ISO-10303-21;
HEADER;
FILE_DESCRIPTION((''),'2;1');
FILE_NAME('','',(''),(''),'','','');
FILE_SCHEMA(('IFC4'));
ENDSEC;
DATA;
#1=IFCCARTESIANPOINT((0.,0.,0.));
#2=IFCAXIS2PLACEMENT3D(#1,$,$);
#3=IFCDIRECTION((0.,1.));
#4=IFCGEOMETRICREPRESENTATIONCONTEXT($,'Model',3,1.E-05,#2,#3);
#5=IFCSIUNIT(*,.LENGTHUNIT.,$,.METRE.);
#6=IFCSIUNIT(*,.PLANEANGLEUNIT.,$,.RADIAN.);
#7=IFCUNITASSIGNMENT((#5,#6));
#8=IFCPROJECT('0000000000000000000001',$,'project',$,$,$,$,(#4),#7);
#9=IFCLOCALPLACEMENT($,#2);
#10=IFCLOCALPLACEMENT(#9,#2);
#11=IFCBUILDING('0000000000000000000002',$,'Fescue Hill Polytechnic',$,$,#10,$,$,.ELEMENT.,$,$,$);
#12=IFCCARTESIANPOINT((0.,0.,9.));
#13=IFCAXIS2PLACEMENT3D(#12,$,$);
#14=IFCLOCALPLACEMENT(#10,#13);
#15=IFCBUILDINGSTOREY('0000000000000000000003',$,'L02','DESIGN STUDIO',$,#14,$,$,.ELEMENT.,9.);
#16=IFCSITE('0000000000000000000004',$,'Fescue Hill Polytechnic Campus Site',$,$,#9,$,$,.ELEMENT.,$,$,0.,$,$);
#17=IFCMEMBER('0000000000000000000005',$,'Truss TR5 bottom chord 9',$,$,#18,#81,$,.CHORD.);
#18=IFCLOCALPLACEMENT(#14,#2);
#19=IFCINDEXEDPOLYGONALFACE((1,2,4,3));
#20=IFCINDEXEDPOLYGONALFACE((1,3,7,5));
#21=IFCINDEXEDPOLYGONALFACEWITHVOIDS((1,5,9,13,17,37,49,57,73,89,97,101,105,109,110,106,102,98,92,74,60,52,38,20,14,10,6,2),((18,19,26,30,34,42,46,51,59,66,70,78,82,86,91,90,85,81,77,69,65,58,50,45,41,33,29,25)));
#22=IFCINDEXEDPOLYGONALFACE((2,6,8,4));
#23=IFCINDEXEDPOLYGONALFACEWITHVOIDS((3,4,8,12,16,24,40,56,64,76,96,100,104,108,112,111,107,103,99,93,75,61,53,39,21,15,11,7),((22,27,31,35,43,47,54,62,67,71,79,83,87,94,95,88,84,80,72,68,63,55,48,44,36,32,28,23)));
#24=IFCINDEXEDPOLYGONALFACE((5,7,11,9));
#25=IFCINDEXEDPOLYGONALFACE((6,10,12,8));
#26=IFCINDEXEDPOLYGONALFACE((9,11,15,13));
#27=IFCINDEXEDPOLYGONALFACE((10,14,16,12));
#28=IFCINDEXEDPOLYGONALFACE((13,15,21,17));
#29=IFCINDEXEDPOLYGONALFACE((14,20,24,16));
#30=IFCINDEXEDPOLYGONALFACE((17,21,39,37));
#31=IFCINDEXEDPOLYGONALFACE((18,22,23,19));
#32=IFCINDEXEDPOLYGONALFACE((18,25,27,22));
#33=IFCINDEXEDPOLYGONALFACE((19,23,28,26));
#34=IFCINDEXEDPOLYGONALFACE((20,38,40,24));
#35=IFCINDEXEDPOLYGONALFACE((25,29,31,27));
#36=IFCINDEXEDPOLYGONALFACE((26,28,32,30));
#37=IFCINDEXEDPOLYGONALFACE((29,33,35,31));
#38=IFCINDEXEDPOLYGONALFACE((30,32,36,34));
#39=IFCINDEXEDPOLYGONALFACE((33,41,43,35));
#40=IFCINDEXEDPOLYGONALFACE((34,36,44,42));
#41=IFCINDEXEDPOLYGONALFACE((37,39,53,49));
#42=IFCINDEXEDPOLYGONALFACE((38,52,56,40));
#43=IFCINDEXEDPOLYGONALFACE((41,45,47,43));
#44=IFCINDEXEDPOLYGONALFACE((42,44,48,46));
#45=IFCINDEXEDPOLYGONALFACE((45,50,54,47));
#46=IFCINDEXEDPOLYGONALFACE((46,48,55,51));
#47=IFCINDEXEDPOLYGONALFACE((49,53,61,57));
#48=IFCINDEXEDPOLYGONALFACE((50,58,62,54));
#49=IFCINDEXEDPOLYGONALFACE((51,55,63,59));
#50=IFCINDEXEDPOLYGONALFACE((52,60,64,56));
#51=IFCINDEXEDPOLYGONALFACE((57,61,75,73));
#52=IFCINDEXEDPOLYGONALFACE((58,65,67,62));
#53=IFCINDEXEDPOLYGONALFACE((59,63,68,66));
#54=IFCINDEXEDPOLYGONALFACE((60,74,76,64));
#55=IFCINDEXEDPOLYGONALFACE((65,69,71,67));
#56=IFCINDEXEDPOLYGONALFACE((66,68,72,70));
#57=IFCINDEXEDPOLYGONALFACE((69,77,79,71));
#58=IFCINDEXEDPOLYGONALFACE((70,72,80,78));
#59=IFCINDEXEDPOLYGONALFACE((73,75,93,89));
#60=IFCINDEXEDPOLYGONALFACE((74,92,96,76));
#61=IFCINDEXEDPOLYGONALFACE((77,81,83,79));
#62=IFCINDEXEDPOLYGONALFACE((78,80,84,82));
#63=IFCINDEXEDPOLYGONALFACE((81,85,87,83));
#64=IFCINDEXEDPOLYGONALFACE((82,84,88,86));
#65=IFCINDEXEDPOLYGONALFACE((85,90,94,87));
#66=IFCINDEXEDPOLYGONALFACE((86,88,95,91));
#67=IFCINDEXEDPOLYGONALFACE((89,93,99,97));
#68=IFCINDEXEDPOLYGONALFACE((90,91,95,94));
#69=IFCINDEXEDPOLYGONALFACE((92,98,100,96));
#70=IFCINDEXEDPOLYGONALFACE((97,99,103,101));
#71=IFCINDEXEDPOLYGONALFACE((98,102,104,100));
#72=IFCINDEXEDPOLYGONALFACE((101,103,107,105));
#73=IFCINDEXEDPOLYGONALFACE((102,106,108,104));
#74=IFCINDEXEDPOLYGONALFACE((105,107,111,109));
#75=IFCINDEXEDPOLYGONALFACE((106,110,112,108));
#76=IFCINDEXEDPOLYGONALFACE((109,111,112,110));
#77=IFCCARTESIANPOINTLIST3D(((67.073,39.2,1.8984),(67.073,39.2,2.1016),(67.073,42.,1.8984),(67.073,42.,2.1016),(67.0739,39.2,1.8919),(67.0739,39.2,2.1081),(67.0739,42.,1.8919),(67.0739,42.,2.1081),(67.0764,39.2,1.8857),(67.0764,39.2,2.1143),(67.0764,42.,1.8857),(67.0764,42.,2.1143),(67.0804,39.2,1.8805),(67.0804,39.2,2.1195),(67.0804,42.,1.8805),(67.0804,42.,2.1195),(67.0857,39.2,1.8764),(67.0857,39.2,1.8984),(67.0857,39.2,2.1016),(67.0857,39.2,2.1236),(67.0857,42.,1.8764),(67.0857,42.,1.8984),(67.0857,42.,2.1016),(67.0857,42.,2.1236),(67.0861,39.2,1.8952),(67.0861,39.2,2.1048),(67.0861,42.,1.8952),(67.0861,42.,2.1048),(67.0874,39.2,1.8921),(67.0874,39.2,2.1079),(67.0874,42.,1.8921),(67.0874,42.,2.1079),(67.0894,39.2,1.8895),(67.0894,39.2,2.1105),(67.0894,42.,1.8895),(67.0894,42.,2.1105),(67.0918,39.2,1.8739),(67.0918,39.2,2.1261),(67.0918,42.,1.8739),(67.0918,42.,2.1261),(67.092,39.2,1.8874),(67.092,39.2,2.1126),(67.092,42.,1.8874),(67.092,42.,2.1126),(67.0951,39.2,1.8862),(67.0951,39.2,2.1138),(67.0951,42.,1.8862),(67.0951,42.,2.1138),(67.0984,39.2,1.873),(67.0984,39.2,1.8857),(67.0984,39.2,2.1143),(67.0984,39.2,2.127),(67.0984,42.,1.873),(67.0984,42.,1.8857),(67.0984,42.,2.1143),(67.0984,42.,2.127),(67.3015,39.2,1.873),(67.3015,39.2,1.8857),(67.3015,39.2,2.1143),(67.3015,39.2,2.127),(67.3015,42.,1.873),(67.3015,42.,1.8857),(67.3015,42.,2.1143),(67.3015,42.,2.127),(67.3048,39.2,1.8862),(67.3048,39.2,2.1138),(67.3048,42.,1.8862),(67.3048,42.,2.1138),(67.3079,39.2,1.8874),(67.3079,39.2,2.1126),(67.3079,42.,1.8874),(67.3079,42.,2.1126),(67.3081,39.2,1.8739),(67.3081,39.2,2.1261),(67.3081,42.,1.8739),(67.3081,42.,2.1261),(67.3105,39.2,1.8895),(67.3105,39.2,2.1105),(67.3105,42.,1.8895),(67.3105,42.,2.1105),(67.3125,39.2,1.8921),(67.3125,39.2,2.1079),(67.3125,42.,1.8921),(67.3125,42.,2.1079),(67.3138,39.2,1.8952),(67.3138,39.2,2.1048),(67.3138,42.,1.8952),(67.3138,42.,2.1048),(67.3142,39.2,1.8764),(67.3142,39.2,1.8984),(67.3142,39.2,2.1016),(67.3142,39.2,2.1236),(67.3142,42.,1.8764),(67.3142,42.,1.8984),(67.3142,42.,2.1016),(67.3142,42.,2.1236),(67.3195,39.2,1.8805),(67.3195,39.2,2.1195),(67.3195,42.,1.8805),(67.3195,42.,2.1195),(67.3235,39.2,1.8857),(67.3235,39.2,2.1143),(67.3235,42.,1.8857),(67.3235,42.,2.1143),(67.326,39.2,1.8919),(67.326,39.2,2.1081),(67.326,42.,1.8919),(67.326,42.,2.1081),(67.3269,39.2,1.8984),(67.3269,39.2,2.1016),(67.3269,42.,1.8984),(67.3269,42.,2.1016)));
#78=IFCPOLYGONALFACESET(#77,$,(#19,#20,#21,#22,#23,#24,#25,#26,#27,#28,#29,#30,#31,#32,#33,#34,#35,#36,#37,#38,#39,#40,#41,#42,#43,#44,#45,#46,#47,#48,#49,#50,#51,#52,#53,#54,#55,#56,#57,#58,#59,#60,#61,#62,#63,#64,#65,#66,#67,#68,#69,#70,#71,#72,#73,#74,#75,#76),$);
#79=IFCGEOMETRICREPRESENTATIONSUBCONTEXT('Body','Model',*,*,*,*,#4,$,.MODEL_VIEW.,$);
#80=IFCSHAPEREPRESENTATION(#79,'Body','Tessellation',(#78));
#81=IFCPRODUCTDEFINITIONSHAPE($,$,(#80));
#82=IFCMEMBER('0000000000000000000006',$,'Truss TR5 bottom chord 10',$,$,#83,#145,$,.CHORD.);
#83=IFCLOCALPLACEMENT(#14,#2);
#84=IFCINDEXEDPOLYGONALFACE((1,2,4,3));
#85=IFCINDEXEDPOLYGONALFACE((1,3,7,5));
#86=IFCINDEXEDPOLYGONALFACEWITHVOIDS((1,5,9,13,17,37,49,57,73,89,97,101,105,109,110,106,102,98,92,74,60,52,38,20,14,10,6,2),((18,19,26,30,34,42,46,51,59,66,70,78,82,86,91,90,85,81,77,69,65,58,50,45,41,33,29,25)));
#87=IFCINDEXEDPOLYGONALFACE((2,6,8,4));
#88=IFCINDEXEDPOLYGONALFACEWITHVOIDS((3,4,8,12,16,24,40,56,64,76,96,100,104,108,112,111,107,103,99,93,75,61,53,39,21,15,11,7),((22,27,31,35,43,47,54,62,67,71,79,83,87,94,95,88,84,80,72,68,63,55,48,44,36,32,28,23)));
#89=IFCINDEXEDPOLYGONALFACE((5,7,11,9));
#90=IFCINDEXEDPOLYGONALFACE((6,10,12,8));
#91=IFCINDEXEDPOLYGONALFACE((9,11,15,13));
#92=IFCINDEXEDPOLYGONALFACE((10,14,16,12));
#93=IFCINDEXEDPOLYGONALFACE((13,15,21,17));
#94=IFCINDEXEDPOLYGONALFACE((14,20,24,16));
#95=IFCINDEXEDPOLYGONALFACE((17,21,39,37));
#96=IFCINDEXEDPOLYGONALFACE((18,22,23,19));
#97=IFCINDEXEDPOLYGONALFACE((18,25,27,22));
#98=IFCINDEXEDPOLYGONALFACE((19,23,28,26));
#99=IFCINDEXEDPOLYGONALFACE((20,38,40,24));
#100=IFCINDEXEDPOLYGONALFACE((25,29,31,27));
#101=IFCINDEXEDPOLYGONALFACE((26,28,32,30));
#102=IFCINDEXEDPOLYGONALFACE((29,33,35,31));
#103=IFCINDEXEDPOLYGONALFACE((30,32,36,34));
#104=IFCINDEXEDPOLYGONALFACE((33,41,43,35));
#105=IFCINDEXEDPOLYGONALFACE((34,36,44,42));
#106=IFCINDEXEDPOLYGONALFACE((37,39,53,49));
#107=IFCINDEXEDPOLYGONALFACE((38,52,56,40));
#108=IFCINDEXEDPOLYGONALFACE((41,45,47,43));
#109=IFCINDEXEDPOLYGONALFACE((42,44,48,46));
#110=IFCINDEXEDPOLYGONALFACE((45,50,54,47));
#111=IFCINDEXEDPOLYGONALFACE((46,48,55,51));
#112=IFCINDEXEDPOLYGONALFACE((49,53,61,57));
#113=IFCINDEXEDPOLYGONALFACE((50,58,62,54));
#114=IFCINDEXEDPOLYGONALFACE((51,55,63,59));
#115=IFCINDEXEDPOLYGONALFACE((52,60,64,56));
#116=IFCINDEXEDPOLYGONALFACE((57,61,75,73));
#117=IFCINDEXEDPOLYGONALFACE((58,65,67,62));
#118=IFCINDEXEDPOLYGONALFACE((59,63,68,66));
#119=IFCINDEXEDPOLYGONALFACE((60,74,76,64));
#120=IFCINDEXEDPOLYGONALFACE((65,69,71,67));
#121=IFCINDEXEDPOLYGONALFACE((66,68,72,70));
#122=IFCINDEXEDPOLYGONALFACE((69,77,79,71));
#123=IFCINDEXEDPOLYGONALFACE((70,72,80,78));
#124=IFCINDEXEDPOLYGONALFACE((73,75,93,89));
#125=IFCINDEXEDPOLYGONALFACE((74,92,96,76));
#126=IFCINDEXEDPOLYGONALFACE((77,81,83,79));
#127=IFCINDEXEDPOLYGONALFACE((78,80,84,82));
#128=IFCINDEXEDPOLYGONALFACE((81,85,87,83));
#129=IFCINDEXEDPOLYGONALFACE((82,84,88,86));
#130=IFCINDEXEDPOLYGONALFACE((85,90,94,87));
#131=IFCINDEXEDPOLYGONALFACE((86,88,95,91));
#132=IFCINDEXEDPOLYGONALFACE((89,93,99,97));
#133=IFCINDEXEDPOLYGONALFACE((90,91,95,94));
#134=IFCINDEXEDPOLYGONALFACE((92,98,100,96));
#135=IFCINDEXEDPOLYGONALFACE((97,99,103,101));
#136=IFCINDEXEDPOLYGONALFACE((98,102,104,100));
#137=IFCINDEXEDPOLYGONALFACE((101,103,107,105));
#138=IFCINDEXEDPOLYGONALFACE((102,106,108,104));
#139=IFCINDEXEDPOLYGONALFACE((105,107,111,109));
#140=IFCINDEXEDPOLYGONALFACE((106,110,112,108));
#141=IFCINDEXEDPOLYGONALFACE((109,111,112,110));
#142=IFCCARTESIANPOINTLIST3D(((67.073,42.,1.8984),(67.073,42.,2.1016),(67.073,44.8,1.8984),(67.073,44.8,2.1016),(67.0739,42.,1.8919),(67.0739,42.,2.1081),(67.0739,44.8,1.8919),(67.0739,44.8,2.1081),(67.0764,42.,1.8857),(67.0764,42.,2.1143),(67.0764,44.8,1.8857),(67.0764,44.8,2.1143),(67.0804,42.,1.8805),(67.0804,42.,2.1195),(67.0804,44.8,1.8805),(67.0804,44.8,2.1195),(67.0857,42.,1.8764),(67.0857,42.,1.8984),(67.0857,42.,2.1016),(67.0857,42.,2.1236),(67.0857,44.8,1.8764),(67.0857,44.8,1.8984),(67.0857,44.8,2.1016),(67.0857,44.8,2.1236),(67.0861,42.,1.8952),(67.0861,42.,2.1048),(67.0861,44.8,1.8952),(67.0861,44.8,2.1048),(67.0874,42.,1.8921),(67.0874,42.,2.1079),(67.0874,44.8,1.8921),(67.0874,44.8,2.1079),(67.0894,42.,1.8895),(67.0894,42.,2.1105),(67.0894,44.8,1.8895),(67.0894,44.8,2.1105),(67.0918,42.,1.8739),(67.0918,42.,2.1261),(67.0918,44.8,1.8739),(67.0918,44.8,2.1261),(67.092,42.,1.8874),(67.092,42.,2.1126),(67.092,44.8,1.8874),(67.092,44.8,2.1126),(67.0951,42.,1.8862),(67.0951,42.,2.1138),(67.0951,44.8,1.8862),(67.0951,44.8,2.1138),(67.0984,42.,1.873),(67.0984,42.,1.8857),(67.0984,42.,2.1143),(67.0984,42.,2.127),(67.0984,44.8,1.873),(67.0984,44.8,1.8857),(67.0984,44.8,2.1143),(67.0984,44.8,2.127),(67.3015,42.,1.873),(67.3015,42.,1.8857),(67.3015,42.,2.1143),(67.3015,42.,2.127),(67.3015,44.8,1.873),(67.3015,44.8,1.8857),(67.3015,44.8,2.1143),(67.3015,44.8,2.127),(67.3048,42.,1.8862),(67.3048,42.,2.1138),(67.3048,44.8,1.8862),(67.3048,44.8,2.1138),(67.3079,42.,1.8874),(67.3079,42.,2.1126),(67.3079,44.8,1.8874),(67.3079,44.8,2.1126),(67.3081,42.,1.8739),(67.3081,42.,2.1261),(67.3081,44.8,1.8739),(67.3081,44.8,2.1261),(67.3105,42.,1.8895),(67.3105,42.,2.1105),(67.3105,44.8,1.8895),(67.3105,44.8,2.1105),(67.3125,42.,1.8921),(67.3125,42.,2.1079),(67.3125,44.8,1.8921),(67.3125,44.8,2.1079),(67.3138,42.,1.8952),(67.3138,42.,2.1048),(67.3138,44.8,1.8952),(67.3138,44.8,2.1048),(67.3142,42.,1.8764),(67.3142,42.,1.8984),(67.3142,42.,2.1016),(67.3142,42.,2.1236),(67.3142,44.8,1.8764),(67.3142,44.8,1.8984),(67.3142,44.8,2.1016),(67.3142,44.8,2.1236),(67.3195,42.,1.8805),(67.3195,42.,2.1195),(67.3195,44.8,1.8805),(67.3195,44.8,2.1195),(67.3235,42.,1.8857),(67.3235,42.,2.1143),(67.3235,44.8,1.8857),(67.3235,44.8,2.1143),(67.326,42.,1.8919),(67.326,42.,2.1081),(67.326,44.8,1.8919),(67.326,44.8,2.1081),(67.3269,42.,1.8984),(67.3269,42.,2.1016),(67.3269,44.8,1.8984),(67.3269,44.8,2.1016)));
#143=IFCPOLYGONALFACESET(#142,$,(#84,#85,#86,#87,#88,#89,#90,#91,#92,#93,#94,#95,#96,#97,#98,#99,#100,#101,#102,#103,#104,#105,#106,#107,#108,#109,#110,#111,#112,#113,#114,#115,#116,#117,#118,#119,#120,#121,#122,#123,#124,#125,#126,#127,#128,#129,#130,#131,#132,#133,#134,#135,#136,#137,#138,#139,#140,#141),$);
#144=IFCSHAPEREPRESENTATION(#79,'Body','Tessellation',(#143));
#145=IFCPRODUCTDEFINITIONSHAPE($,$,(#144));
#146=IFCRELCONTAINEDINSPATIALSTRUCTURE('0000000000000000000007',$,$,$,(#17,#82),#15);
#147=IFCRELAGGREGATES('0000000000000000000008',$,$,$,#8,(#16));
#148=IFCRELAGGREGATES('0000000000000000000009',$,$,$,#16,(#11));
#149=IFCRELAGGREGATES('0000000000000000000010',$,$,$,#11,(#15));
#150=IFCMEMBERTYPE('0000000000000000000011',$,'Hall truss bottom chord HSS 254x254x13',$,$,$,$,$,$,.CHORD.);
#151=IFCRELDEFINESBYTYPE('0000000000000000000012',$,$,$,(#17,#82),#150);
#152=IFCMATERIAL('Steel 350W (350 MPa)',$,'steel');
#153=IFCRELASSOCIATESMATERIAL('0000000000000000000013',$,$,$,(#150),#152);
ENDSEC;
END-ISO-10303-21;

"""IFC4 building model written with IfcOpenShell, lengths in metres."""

from ifc_helpers import new_model, si_unit, direction, frame, origin, origin_2d, place, context, subcontext, project, spatial, hollow_rectangle, extrude, material, material_profile, profile_set, type_object, element, save


model = new_model("IFC4")

# Units and contexts
model_context = context("Model", 3, precision=1e-05, world=origin(), true_north=direction((0.0, 1.0)))
body_context = subcontext(model_context, "Body", "Model", "MODEL_VIEW")
ifc_project = project(units=[si_unit("LENGTHUNIT", "METRE"), si_unit("PLANEANGLEUNIT", "RADIAN")], contexts=[model_context])

# Site, building, storey
site_placement = place(None, origin())
site = spatial("IfcSite", under=ifc_project, at=site_placement, Name="Fescue Hill Polytechnic Campus Site", CompositionType="ELEMENT", RefElevation=0.0)
building_placement = place(site_placement, origin())
building = spatial("IfcBuilding", under=site, at=building_placement, Name="Fescue Hill Polytechnic", CompositionType="ELEMENT")
storey_placement = place(building_placement, frame((0.0, 0.0, 9.0)))
storey = spatial("IfcBuildingStorey", under=building, at=storey_placement, Name="L02", Description="DESIGN STUDIO", CompositionType="ELEMENT", Elevation=9.0)

# Members
ifc_material = material(Name="Steel 350W (350 MPa)", Category="steel")
ifc_material_profile_1 = material_profile(ifc_material, hollow_rectangle(XDim=0.2539, YDim=0.2539, WallThickness=0.0127, InnerFilletRadius=0.0127, OuterFilletRadius=0.0254, at=origin_2d()), Name="Hall truss bottom chord HSS 254x254x13")
ifc_profile_set_1 = profile_set([ifc_material_profile_1], Name="Steel 350W (350 MPa)")
member_type_1 = type_object("IfcMemberType", Name="Hall truss bottom chord HSS 254x254x13", PredefinedType="CHORD", material=ifc_profile_set_1)
for number, where, z_axis, x_axis, name in (
    (1, (67.2, 39.2, 2.0), (0.0, 1.0, 0.0), (-1.0, 0.0, 0.0), "Truss TR5 bottom chord 9"),
    (2, (67.2, 42.0, 2.0), (0.0, 1.0, 0.0), (-1.0, 0.0, 0.0), "Truss TR5 bottom chord 10"),
):
    element("IfcMember", number, at=place(storey_placement, frame(where, z_axis=z_axis, x_axis=x_axis)), inside=storey, type_object=member_type_1, Name=name, PredefinedType="CHORD", context=body_context, shape_type="SweptSolid", body=[
        extrude(hollow_rectangle(XDim=0.2539, YDim=0.2539, WallThickness=0.0127, InnerFilletRadius=0.0127, OuterFilletRadius=0.0254, at=origin_2d()), origin(), (0.0, 0.0, 1.0), 2.8),
    ])

save(model, "model.ifc")
